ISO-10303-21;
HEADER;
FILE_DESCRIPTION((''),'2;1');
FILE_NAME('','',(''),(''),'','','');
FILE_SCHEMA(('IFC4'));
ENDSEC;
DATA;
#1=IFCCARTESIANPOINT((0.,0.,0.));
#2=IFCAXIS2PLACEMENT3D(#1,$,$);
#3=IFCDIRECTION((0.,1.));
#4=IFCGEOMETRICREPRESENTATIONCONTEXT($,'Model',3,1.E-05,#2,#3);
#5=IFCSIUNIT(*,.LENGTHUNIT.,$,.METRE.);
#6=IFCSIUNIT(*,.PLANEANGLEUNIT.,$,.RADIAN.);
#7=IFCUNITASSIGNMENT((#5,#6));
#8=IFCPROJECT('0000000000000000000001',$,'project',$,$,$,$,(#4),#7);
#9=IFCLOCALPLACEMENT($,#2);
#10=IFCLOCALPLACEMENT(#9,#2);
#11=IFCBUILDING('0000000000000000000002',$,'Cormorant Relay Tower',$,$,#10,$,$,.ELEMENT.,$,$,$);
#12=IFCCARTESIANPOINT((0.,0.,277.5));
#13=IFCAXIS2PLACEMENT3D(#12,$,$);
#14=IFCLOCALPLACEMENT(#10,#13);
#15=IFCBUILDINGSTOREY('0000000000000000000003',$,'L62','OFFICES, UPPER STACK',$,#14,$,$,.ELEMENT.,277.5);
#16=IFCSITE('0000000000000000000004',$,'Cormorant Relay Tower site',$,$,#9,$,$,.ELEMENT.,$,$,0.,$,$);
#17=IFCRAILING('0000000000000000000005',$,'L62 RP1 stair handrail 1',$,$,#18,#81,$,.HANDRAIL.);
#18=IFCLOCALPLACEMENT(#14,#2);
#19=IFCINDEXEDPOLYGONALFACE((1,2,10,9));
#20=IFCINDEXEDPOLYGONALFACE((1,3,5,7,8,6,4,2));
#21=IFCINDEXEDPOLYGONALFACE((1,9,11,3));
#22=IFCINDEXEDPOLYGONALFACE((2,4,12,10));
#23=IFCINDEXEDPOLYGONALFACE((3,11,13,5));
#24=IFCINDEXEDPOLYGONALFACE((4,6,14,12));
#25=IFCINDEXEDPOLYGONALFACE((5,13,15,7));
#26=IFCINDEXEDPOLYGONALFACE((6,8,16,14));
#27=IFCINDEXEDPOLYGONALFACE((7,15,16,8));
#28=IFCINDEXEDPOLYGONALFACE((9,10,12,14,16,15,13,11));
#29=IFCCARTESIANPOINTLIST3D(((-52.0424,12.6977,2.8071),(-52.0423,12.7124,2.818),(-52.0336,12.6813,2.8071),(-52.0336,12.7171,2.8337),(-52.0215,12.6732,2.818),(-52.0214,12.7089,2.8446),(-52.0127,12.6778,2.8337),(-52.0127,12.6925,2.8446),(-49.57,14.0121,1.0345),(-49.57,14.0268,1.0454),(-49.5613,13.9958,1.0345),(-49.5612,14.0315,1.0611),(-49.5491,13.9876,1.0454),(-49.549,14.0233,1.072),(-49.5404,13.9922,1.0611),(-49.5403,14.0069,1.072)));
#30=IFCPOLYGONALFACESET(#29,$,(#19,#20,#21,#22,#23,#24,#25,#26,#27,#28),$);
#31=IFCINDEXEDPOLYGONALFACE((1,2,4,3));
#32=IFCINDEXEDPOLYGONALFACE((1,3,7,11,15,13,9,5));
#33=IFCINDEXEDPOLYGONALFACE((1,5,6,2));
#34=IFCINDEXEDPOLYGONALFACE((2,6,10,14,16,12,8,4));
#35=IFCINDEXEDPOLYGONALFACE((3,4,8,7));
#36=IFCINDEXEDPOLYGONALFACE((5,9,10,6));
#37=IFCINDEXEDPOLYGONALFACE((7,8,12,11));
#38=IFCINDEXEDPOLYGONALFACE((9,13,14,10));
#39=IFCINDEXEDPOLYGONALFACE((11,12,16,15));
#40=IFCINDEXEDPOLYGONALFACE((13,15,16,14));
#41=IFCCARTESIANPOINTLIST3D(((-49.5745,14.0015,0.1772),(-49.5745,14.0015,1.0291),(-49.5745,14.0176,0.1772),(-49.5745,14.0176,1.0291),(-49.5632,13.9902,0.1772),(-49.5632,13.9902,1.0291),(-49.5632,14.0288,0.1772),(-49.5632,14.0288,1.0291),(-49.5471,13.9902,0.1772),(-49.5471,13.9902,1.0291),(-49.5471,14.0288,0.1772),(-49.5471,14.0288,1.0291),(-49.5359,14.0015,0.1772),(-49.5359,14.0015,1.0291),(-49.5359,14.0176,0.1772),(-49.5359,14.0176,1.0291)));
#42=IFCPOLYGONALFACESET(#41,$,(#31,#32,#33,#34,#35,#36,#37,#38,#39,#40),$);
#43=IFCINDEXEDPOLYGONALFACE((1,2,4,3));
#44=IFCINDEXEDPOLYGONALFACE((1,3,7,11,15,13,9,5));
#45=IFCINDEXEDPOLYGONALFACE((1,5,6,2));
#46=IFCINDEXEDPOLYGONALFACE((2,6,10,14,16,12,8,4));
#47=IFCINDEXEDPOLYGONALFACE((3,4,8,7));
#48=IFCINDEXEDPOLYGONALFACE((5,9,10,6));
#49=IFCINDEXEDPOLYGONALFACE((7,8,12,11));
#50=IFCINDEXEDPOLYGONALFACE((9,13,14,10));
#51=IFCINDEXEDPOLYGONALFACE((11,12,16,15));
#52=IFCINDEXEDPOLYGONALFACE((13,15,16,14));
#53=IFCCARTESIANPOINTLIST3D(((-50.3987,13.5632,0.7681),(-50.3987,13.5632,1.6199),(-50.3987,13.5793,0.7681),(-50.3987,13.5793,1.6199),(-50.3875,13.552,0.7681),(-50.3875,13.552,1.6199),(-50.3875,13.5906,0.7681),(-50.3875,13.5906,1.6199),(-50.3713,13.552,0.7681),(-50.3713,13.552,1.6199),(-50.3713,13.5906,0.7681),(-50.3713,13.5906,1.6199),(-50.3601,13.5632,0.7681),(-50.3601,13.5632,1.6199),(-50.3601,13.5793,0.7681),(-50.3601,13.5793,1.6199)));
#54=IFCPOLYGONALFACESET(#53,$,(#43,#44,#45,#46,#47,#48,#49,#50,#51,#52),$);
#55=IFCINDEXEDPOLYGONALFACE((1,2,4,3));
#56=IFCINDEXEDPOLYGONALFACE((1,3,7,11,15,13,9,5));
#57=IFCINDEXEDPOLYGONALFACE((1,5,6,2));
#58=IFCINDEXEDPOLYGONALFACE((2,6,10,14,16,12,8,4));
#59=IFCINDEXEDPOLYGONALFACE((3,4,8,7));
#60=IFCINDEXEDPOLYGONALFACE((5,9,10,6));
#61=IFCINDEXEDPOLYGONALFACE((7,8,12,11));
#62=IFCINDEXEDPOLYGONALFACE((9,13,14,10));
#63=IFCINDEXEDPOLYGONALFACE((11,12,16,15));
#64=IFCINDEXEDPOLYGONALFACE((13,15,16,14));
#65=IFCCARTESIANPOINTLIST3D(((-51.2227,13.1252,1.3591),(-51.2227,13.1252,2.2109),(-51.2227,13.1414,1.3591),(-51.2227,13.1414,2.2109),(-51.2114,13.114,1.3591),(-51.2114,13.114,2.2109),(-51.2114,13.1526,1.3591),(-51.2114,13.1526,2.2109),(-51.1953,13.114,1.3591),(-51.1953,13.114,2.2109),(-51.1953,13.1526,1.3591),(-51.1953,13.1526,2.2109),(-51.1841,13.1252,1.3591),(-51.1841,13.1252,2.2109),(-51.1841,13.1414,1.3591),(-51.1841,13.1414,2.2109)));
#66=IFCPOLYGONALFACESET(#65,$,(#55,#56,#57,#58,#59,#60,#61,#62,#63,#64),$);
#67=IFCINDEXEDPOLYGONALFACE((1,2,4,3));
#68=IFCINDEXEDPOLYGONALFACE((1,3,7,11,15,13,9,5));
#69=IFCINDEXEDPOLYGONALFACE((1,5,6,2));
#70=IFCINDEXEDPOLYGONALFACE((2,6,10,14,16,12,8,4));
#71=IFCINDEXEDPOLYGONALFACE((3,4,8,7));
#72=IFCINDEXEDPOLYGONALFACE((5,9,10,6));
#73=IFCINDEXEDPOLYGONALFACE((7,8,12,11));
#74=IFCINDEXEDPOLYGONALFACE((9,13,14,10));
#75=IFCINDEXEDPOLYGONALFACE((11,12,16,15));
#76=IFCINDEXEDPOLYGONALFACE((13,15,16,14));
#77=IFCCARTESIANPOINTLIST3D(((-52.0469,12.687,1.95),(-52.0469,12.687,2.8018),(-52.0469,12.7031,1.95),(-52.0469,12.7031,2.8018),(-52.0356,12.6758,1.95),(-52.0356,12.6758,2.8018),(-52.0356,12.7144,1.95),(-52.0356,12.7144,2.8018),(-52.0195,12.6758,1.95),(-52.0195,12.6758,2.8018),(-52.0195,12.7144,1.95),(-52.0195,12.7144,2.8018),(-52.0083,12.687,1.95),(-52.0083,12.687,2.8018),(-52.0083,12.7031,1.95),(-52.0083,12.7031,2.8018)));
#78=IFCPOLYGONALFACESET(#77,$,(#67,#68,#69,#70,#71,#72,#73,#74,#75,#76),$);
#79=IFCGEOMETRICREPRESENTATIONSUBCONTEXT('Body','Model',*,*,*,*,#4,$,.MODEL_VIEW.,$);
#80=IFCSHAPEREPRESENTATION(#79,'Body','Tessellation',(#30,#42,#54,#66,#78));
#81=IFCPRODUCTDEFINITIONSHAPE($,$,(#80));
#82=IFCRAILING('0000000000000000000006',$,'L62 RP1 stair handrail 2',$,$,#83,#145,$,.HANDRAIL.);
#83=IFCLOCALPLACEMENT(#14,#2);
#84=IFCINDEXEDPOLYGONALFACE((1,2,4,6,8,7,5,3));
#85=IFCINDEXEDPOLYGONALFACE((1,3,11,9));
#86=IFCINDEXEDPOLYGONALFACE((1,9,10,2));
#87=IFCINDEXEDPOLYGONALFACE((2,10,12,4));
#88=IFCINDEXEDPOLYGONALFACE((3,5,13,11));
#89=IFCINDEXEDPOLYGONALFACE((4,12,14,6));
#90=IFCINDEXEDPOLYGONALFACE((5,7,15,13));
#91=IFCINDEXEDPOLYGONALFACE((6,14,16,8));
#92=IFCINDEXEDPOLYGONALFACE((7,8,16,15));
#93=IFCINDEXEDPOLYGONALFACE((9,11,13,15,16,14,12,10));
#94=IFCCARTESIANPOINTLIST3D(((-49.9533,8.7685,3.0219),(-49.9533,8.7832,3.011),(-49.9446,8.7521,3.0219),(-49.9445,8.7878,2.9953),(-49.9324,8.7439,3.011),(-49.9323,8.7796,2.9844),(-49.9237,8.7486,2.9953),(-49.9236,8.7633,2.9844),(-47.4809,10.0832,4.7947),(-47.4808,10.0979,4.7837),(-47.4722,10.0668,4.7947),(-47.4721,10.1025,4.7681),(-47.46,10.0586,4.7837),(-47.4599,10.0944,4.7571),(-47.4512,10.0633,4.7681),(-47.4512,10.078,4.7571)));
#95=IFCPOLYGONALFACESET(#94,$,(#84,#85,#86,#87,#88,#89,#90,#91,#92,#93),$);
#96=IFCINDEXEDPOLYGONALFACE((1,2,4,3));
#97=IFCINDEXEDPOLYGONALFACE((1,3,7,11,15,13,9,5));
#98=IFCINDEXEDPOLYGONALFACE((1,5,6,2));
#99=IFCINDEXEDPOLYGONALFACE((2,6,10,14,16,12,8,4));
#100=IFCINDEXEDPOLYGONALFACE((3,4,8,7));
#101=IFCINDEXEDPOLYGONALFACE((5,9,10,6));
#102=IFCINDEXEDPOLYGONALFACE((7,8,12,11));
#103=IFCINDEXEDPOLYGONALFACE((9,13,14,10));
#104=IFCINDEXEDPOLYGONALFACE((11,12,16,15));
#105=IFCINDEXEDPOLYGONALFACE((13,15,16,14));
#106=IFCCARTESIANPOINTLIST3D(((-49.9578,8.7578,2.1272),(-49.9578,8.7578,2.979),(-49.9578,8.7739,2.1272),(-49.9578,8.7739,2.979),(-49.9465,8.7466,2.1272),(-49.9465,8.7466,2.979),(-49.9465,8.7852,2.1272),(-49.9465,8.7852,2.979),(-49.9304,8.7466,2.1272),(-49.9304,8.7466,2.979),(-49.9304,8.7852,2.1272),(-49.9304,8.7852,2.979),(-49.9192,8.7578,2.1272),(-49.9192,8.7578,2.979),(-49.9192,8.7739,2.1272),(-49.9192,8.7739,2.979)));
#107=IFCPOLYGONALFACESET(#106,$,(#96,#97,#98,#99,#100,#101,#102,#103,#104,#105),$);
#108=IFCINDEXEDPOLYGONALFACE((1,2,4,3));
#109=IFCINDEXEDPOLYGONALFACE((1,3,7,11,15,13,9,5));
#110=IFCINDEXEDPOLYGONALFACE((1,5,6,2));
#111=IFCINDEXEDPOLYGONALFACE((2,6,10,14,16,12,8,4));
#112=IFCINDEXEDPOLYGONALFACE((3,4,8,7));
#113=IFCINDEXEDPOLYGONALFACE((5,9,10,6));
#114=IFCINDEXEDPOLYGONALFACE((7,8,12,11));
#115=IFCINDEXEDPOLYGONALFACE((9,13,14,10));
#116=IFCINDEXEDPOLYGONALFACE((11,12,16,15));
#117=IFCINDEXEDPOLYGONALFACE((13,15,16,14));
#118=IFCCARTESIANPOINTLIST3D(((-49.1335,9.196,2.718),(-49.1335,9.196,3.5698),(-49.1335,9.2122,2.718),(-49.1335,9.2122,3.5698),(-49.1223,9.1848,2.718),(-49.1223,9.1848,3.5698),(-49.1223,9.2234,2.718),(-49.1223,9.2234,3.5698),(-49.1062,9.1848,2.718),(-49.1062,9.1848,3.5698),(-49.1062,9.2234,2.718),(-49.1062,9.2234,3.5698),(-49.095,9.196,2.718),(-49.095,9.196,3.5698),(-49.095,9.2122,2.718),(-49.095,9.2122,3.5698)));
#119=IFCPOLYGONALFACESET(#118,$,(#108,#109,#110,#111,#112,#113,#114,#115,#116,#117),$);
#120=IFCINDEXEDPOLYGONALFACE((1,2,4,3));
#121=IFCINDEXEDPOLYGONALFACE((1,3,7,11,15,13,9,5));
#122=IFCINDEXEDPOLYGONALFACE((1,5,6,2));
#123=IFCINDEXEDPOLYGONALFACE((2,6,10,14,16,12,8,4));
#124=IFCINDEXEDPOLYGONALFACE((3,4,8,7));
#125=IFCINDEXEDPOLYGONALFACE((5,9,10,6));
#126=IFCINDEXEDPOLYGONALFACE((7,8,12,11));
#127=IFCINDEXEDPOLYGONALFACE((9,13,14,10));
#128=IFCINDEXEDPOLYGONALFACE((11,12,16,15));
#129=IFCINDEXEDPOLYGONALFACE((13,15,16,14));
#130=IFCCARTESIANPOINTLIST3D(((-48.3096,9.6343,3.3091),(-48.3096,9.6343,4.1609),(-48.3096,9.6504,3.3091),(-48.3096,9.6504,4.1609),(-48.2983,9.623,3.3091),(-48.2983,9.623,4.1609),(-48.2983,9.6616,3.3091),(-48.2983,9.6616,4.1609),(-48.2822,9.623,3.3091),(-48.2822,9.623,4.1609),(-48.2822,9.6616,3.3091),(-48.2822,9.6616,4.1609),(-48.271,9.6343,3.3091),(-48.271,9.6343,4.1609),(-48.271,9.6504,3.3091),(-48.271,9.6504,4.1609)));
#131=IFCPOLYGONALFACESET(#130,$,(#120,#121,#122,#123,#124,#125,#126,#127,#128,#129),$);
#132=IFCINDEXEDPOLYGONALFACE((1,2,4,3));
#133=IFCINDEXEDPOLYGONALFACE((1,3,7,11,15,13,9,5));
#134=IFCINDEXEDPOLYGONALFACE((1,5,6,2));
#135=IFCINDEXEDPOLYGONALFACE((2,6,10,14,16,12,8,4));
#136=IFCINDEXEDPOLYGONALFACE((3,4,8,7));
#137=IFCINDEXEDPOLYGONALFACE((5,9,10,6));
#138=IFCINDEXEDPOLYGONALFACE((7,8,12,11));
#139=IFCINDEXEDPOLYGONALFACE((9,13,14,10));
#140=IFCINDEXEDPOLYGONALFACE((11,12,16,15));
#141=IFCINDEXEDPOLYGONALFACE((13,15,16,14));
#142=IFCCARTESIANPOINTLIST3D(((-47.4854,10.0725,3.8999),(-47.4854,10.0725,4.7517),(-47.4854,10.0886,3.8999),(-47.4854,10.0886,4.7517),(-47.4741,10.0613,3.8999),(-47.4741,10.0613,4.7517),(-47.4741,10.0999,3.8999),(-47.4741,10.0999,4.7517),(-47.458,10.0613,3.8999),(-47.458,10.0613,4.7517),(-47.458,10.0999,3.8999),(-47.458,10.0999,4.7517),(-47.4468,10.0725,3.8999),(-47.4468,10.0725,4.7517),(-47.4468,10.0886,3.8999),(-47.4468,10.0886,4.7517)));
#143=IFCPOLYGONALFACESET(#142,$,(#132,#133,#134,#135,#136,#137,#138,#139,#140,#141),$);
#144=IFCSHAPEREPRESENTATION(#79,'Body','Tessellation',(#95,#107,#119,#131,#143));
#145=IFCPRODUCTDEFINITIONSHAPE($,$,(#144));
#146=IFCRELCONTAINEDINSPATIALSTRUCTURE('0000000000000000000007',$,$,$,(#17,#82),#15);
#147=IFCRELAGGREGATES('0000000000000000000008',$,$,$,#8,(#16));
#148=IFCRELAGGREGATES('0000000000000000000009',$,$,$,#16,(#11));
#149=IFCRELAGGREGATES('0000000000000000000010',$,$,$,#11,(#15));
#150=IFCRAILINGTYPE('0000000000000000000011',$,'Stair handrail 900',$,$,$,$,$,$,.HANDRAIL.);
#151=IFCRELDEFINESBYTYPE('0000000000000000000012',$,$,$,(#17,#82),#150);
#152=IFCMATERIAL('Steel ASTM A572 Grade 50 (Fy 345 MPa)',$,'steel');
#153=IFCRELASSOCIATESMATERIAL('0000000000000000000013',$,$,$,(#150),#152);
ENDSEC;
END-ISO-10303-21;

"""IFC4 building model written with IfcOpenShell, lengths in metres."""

from ifc_helpers import new_model, si_unit, direction, frame, origin, place, context, subcontext, project, spatial, polyline, outline, extrude, material, type_object, element, save


model = new_model("IFC4")

# Units and contexts
model_context = context("Model", 3, precision=1e-05, world=origin(), true_north=direction((0.0, 1.0)))
body_context = subcontext(model_context, "Body", "Model", "MODEL_VIEW")
ifc_project = project(units=[si_unit("LENGTHUNIT", "METRE"), si_unit("PLANEANGLEUNIT", "RADIAN")], contexts=[model_context])

# Site, building, storey
site_placement = place(None, origin())
site = spatial("IfcSite", under=ifc_project, at=site_placement, Name="Cormorant Relay Tower site", CompositionType="ELEMENT", RefElevation=0.0)
building_placement = place(site_placement, origin())
building = spatial("IfcBuilding", under=site, at=building_placement, Name="Cormorant Relay Tower", CompositionType="ELEMENT")
storey_placement = place(building_placement, frame((0.0, 0.0, 277.5)))
storey = spatial("IfcBuildingStorey", under=building, at=storey_placement, Name="L62", Description="OFFICES, UPPER STACK", CompositionType="ELEMENT", Elevation=277.5)

# Railings
ifc_material_1 = material(Name="Steel ASTM A572 Grade 50 (Fy 345 MPa)", Category="steel")
railing_type_1 = type_object("IfcRailingType", Name="Stair handrail 900", PredefinedType="HANDRAIL", material=ifc_material_1)
railing_1_placement = place(storey_placement, frame((-49.5552, 14.0095, 0.1772)))
element("IfcRailing", 1, at=railing_1_placement, inside=storey, type_object=railing_type_1, Name="L62 RP1 stair handrail 1", PredefinedType="HANDRAIL", context=body_context, shape_type="SweptSolid", body=[
    extrude(outline(polyline([(0.0222, 0.0093), (0.0093, 0.0222), (-0.0093, 0.0222), (-0.0222, 0.0093), (-0.0222, -0.0093), (-0.0093, -0.0222), (0.0093, -0.0222), (0.0222, -0.0093), (0.0222, 0.0093)])), frame((0.0, 0.0, 0.876), z_axis=(-0.746034, -0.396627, 0.534902), x_axis=(0.469429, -0.88297, 0.0)), (0.0, 0.0, 1.0), 3.314),
    extrude(outline(polyline([(0.0193, 0.0081), (0.0081, 0.0193), (-0.0081, 0.0193), (-0.0193, 0.0081), (-0.0193, -0.0081), (-0.0081, -0.0193), (0.0081, -0.0193), (0.0193, -0.0081), (0.0193, 0.0081)])), origin(), (0.0, 0.0, 1.0), 0.8518),
    extrude(outline(polyline([(0.0193, 0.0081), (0.0081, 0.0193), (-0.0081, 0.0193), (-0.0193, 0.0081), (-0.0193, -0.0081), (-0.0081, -0.0193), (0.0081, -0.0193), (0.0193, -0.0081), (0.0193, 0.0081)])), frame((-0.8242, -0.4382, 0.5908)), (0.0, 0.0, 1.0), 0.8518),
    extrude(outline(polyline([(0.0193, 0.0081), (0.0081, 0.0193), (-0.0081, 0.0193), (-0.0193, 0.0081), (-0.0193, -0.0081), (-0.0081, -0.0193), (0.0081, -0.0193), (0.0193, -0.0081), (0.0193, 0.0081)])), frame((-1.6482, -0.8762, 1.1819)), (0.0, 0.0, 1.0), 0.8518),
    extrude(outline(polyline([(0.0193, 0.0081), (0.0081, 0.0193), (-0.0081, 0.0193), (-0.0193, 0.0081), (-0.0193, -0.0081), (-0.0081, -0.0193), (0.0081, -0.0193), (0.0193, -0.0081), (0.0193, 0.0081)])), frame((-2.4724, -1.3145, 1.7727)), (0.0, 0.0, 1.0), 0.8518),
])
railing_2_placement = place(storey_placement, frame((-49.9385, 8.7659, 2.1272)))
element("IfcRailing", 2, at=railing_2_placement, inside=storey, type_object=railing_type_1, Name="L62 RP1 stair handrail 2", PredefinedType="HANDRAIL", context=body_context, shape_type="SweptSolid", body=[
    extrude(outline(polyline([(0.0222, 0.0093), (0.0093, 0.0222), (-0.0093, 0.0222), (-0.0222, 0.0093), (-0.0222, -0.0093), (-0.0093, -0.0222), (0.0093, -0.0222), (0.0222, -0.0093), (0.0222, 0.0093)])), frame((0.0, 0.0, 0.876), z_axis=(0.746012, 0.39669, 0.534886), x_axis=(-0.469497, 0.882934, 0.0)), (0.0, 0.0, 1.0), 3.3142),
    extrude(outline(polyline([(0.0193, 0.0081), (0.0081, 0.0193), (-0.0081, 0.0193), (-0.0193, 0.0081), (-0.0193, -0.0081), (-0.0081, -0.0193), (0.0081, -0.0193), (0.0193, -0.0081), (0.0193, 0.0081)])), origin(), (0.0, 0.0, 1.0), 0.8518),
    extrude(outline(polyline([(0.0193, 0.0081), (0.0081, 0.0193), (-0.0081, 0.0193), (-0.0193, 0.0081), (-0.0193, -0.0081), (-0.0081, -0.0193), (0.0081, -0.0193), (0.0193, -0.0081), (0.0193, 0.0081)])), frame((0.8242, 0.4382, 0.5908)), (0.0, 0.0, 1.0), 0.8518),
    extrude(outline(polyline([(0.0193, 0.0081), (0.0081, 0.0193), (-0.0081, 0.0193), (-0.0193, 0.0081), (-0.0193, -0.0081), (-0.0081, -0.0193), (0.0081, -0.0193), (0.0193, -0.0081), (0.0193, 0.0081)])), frame((1.6482, 0.8765, 1.1819)), (0.0, 0.0, 1.0), 0.8518),
    extrude(outline(polyline([(0.0193, 0.0081), (0.0081, 0.0193), (-0.0081, 0.0193), (-0.0193, 0.0081), (-0.0193, -0.0081), (-0.0081, -0.0193), (0.0081, -0.0193), (0.0193, -0.0081), (0.0193, 0.0081)])), frame((2.4724, 1.3147, 1.7727)), (0.0, 0.0, 1.0), 0.8518),
])

save(model, "model.ifc")
